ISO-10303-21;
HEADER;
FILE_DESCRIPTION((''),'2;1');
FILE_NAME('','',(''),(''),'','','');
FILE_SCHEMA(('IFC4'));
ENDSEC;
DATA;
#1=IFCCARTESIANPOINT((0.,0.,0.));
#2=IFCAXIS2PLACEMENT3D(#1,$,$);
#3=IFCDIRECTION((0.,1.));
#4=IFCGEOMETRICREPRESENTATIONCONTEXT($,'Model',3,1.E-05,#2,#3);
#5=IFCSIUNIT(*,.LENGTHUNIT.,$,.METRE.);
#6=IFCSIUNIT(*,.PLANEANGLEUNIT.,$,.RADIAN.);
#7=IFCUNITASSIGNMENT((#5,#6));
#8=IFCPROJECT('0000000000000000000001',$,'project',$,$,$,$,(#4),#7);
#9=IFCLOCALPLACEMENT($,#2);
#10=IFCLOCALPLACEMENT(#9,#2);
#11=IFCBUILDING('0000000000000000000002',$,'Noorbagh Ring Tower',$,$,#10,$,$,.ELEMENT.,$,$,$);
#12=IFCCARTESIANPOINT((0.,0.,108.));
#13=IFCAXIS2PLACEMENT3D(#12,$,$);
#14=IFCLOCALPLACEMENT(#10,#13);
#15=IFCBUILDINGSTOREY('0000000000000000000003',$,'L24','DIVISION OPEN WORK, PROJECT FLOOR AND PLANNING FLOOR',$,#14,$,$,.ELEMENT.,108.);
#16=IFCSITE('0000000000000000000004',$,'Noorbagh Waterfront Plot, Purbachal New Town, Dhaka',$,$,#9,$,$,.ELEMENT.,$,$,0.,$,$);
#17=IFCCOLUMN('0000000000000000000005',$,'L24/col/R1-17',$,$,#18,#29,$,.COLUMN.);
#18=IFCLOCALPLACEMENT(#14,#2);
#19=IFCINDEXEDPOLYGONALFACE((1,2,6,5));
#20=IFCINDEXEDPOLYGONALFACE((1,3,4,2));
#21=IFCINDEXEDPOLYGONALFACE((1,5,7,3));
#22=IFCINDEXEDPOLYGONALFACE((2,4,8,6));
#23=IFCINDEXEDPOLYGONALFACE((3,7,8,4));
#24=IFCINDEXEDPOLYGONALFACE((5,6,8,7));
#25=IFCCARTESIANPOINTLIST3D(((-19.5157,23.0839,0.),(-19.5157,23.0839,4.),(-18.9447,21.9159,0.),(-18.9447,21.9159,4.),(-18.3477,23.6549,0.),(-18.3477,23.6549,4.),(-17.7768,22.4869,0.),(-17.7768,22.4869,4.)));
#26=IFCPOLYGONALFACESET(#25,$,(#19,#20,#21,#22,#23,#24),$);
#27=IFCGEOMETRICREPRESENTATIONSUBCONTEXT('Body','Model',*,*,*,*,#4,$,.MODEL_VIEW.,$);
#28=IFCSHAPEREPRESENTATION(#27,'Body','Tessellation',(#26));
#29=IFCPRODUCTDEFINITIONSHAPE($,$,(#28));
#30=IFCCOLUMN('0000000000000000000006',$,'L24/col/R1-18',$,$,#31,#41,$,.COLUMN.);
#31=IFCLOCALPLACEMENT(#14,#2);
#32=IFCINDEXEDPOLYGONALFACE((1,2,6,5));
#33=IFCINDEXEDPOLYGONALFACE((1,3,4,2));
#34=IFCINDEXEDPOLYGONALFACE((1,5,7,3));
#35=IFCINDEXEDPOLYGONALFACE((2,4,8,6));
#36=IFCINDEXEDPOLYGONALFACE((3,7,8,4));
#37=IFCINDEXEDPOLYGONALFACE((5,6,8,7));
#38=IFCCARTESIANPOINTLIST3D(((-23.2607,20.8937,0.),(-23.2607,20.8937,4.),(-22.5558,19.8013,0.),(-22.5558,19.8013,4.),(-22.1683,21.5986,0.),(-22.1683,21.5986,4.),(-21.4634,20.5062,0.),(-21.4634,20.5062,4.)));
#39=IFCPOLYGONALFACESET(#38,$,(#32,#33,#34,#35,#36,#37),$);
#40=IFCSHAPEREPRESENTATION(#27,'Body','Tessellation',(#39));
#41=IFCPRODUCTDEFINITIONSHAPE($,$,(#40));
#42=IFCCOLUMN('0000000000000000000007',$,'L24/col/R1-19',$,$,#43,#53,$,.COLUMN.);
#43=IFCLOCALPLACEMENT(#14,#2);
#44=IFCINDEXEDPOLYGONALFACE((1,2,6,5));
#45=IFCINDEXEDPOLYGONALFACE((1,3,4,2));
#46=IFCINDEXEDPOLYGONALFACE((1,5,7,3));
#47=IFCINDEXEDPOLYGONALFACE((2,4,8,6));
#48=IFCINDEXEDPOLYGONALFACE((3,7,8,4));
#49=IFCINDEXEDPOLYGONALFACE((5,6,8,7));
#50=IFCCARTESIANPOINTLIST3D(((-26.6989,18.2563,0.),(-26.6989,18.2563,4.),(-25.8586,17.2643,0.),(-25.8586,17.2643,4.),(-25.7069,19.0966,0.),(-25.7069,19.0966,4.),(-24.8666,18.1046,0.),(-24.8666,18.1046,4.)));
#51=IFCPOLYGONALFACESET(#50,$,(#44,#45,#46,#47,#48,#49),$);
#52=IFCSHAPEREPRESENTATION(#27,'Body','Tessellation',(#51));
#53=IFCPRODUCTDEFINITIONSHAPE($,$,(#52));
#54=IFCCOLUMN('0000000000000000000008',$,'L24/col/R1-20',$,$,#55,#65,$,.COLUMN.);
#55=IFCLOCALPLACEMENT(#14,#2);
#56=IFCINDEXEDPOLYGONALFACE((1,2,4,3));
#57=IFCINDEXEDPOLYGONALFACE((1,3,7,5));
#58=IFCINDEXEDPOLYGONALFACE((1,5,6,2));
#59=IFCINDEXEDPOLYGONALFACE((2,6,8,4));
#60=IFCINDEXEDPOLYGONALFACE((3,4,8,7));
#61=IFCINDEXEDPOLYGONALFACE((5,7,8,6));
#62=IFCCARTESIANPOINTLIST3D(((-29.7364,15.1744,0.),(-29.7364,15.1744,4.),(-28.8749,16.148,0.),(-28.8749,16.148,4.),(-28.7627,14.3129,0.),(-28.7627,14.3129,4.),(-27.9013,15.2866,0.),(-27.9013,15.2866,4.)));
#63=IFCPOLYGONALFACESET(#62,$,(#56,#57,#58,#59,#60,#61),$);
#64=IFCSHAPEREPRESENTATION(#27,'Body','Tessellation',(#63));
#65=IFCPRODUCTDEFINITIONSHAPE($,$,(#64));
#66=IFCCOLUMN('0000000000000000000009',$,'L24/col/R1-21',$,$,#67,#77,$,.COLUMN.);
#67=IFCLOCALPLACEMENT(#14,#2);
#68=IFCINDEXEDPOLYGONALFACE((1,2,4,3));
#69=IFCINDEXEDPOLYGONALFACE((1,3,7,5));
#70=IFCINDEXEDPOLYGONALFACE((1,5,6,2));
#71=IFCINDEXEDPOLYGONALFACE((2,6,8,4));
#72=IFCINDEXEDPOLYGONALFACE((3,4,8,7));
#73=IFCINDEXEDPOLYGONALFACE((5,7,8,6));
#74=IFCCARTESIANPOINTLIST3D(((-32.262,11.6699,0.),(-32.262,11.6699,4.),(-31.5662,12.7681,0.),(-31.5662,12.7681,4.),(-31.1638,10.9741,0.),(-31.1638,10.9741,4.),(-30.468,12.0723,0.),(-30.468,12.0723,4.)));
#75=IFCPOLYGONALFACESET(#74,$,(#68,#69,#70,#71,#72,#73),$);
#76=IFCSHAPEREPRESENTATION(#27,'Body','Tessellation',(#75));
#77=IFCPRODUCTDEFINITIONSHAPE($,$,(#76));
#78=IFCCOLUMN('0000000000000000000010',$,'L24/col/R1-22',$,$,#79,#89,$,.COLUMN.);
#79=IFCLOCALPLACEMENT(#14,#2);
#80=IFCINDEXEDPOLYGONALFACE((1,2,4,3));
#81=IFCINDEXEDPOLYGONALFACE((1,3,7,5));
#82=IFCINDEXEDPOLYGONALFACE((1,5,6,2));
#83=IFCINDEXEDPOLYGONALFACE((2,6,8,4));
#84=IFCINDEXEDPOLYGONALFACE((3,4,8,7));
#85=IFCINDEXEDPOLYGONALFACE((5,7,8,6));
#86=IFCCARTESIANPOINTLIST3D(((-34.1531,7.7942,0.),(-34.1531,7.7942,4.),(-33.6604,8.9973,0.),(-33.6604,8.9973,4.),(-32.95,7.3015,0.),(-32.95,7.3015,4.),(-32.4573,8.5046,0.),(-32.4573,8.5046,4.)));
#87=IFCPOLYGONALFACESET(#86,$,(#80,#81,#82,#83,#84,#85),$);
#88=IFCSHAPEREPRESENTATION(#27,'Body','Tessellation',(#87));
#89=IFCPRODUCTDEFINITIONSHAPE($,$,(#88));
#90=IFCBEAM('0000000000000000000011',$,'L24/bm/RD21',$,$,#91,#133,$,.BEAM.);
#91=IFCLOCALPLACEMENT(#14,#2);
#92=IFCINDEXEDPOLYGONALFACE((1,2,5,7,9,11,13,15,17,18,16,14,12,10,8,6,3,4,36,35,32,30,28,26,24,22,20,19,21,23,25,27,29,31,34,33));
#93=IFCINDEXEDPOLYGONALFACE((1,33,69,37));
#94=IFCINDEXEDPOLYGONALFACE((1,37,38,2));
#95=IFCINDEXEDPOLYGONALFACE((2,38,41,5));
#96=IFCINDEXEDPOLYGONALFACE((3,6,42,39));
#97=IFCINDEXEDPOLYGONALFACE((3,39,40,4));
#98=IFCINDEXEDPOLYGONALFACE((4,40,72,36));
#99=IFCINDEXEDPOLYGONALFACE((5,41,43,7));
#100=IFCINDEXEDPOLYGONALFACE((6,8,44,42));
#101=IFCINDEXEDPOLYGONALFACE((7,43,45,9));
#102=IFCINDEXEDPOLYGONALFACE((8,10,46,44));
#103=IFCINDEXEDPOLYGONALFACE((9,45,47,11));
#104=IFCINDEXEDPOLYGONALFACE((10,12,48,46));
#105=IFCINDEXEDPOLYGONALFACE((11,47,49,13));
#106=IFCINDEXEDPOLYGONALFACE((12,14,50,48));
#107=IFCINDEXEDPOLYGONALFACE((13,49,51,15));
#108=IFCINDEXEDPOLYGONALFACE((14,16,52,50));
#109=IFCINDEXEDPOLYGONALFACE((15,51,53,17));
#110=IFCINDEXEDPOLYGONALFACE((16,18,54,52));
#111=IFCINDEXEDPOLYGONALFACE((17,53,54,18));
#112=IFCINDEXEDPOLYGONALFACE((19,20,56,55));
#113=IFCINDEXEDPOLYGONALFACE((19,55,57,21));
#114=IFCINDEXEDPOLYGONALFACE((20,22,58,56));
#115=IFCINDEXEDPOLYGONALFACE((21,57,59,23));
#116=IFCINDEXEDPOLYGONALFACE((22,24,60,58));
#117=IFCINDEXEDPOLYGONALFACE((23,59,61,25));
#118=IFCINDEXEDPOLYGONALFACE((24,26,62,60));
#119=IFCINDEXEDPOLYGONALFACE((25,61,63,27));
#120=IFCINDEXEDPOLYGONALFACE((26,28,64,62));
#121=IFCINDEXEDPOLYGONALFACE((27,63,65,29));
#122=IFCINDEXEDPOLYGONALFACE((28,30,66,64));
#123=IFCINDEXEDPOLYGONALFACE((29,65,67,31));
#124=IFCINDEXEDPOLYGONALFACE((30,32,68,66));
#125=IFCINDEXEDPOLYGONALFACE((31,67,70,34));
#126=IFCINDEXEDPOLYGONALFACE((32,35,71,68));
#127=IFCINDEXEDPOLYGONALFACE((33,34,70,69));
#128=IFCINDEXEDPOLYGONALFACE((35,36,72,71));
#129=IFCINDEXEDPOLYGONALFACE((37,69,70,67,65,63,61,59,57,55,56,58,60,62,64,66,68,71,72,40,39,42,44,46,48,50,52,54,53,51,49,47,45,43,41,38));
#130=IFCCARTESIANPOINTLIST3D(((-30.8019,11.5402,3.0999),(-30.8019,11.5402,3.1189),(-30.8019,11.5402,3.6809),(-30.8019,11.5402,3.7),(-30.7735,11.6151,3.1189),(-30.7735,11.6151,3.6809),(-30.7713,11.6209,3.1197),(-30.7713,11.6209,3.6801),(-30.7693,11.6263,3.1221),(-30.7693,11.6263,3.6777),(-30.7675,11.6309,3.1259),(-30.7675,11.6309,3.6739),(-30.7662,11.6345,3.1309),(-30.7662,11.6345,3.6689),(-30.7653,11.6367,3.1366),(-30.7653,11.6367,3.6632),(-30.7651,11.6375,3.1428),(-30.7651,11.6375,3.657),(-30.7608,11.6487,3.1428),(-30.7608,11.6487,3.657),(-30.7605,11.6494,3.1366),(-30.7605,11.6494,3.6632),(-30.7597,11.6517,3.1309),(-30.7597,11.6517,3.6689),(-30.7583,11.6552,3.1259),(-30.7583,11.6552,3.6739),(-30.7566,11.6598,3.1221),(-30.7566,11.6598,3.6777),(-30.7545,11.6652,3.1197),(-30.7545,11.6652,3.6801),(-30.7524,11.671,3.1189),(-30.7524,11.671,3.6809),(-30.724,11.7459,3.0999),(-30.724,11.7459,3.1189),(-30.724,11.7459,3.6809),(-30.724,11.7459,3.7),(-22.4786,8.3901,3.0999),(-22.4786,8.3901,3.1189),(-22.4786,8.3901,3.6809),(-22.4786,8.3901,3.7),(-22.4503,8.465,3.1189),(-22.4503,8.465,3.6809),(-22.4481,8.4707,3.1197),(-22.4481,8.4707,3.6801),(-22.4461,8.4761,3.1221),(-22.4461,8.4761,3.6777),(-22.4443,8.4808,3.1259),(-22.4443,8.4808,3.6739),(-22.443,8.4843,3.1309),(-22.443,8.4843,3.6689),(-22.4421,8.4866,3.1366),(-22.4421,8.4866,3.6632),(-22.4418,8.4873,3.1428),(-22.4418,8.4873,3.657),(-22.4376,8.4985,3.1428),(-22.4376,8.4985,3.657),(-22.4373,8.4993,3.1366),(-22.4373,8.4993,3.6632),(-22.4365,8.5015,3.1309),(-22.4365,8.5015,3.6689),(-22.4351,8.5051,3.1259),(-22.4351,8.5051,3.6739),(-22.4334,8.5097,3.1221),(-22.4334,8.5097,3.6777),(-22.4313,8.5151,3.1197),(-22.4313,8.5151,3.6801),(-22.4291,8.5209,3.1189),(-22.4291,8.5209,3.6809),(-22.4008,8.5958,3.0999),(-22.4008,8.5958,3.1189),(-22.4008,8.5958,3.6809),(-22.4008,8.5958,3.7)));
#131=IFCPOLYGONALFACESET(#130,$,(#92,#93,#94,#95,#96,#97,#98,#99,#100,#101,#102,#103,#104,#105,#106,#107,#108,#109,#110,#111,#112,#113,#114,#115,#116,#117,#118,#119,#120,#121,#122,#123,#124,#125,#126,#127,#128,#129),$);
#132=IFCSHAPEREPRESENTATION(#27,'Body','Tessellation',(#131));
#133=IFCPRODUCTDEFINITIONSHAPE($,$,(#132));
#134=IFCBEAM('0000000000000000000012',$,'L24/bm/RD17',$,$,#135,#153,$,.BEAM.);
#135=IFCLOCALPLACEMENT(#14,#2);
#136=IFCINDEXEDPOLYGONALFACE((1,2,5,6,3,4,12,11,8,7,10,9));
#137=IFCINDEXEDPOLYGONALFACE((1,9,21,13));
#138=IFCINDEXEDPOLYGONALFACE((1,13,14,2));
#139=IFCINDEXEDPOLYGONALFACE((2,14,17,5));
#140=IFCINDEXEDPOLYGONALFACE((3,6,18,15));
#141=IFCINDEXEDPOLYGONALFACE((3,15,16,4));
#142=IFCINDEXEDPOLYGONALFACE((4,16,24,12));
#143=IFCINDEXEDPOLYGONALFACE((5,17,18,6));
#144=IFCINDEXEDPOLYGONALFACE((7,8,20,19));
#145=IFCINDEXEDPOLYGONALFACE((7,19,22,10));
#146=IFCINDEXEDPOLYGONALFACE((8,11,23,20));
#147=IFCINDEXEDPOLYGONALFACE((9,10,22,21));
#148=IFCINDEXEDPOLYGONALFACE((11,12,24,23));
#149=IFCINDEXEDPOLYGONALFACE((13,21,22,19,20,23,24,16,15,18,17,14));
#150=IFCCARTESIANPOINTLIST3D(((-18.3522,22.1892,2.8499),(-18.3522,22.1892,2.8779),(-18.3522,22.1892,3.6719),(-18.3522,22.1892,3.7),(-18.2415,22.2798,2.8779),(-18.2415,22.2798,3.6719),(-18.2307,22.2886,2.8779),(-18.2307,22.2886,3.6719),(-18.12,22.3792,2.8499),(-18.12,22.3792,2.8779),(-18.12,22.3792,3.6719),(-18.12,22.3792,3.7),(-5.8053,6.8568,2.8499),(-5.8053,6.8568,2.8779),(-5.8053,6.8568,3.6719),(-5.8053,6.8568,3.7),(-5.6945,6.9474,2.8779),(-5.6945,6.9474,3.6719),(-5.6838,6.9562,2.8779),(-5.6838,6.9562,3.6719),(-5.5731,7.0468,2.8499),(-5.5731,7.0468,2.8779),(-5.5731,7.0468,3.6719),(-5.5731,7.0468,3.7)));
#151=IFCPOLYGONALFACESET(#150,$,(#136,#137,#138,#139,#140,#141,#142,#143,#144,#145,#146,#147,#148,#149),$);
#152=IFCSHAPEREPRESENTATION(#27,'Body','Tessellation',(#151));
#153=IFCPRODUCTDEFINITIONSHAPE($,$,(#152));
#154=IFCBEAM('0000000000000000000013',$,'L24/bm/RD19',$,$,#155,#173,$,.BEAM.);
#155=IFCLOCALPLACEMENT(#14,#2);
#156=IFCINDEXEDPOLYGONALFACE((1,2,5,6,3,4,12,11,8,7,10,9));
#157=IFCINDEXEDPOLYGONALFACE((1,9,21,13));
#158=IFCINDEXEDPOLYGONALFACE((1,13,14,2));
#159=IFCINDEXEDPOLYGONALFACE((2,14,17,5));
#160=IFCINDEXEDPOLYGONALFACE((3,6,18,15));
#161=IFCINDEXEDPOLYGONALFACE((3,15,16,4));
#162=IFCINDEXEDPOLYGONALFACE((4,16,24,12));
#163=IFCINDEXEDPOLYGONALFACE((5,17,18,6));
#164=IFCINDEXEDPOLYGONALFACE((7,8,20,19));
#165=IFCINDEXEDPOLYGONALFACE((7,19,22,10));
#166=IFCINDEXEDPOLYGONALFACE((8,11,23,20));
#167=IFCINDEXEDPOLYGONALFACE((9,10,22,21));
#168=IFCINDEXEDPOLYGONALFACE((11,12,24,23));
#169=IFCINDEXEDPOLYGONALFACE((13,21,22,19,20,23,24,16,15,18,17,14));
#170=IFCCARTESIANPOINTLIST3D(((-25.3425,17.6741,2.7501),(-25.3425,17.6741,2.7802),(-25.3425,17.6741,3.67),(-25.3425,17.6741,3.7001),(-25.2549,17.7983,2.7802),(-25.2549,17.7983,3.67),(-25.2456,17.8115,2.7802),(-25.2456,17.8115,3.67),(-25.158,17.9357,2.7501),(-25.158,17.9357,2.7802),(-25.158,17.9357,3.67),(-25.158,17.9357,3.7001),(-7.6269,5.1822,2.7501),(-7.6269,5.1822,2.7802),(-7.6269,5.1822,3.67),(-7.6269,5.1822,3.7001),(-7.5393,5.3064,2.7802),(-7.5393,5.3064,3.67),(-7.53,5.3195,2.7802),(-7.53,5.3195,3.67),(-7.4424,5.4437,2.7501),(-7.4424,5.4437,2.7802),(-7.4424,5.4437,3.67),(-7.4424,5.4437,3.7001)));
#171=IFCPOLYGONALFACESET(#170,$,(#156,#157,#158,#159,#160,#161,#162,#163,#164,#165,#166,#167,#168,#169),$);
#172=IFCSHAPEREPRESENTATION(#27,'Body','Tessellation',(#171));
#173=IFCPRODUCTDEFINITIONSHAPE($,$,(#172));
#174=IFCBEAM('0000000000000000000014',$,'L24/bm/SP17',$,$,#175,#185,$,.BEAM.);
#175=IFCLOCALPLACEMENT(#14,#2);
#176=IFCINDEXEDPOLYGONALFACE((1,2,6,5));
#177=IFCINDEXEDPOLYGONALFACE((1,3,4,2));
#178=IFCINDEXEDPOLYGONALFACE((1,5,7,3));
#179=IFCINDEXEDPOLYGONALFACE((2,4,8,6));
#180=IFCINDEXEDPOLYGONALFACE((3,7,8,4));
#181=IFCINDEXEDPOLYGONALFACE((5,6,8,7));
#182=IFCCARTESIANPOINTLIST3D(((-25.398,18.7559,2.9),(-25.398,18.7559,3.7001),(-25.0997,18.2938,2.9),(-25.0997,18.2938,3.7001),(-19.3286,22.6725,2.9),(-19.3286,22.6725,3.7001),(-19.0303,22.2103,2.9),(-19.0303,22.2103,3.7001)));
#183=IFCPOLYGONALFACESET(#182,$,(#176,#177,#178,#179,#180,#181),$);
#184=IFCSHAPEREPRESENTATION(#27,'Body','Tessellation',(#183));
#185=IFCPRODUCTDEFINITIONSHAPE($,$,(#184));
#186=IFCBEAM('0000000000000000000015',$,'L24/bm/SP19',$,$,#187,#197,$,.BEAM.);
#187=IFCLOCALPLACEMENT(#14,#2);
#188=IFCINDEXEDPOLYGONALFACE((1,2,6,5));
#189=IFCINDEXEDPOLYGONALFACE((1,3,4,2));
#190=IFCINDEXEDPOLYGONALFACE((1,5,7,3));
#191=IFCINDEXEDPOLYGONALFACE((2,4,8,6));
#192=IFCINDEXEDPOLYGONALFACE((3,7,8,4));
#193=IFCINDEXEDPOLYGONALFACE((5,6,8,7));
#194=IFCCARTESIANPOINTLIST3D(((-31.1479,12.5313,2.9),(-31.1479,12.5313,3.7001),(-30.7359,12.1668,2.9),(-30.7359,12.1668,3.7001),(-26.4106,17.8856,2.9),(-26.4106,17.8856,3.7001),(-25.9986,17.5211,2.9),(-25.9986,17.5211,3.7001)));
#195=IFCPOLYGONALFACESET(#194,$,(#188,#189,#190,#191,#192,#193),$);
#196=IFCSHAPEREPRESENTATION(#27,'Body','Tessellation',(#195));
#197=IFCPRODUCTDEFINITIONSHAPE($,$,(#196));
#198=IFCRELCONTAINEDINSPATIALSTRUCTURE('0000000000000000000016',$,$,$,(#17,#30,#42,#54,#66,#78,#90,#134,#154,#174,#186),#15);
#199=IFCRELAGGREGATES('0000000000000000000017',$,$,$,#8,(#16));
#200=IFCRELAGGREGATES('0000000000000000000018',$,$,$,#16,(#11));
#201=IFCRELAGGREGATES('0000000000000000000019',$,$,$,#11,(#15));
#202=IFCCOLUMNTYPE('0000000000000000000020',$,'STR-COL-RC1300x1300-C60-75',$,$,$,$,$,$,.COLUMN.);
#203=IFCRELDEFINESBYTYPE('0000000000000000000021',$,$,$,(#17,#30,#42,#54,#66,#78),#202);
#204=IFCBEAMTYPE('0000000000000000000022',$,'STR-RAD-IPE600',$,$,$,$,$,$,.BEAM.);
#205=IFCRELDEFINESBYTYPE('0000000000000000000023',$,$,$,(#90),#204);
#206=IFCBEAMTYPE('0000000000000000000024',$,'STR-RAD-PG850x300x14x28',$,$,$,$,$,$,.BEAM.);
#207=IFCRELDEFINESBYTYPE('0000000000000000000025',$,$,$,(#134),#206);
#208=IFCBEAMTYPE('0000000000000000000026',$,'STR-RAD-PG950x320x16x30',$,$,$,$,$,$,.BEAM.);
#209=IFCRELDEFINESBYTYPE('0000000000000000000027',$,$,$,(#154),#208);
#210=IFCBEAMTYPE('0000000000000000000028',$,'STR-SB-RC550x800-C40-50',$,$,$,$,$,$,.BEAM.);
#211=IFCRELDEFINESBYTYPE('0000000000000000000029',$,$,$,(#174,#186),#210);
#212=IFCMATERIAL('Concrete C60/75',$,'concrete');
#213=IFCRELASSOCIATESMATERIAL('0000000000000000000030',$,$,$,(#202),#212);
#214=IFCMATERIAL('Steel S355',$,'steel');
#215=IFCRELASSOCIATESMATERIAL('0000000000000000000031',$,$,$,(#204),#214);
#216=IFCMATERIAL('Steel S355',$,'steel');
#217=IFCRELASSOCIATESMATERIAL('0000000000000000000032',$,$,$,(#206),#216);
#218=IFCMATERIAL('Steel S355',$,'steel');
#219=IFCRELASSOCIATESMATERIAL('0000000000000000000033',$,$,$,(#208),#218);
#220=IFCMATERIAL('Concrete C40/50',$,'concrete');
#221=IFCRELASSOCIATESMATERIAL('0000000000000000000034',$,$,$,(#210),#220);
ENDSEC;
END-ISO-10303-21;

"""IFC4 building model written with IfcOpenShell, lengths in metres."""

from ifc_helpers import new_model, si_unit, direction, frame, origin, origin_2d, place, context, subcontext, project, spatial, rectangle, i_section, extrude, material, material_profile, profile_set, type_object, element, save


model = new_model("IFC4")

# Units and contexts
model_context = context("Model", 3, precision=1e-05, world=origin(), true_north=direction((0.0, 1.0)))
body_context = subcontext(model_context, "Body", "Model", "MODEL_VIEW")
ifc_project = project(units=[si_unit("LENGTHUNIT", "METRE"), si_unit("PLANEANGLEUNIT", "RADIAN")], contexts=[model_context])

# Site, building, storey
site_placement = place(None, origin())
site = spatial("IfcSite", under=ifc_project, at=site_placement, Name="Noorbagh Waterfront Plot, Purbachal New Town, Dhaka", CompositionType="ELEMENT", RefElevation=0.0)
building_placement = place(site_placement, origin())
building = spatial("IfcBuilding", under=site, at=building_placement, Name="Noorbagh Ring Tower", CompositionType="ELEMENT")
storey_placement = place(building_placement, frame((0.0, 0.0, 108.0)))
storey = spatial("IfcBuildingStorey", under=building, at=storey_placement, Name="L24", Description="DIVISION OPEN WORK, PROJECT FLOOR AND PLANNING FLOOR", CompositionType="ELEMENT", Elevation=108.0)

# Columns
ifc_material_1 = material(Name="Concrete C60/75", Category="concrete")
ifc_material_profile_1 = material_profile(ifc_material_1, rectangle(XDim=1.3, YDim=1.3, at=origin_2d()), Name="RC1300x1300")
ifc_profile_set_1 = profile_set([ifc_material_profile_1], Name="Concrete C60/75")
column_type = type_object("IfcColumnType", Name="STR-COL-RC1300x1300-C60-75", PredefinedType="COLUMN", material=ifc_profile_set_1)
for number, where, z_axis, x_axis, name in (
    (1, (-18.6462, 22.7854, 0.0), (0.0, 0.0, 1.0), (-0.898399, -0.43918, 0.0), "L24/col/R1-17"),
    (2, (-22.3621, 20.7, 0.0), (0.0, 0.0, 1.0), (-0.840248, -0.542203, 0.0), "L24/col/R1-18"),
    (3, (-25.7827, 18.1804, 0.0), (0.0, 0.0, 1.0), (-0.763035, -0.646357, 0.0), "L24/col/R1-19"),
    (4, (-28.8188, 15.2305, 0.0), (0.0, 0.0, 1.0), (-0.662636, -0.748942, 0.0), "L24/col/R1-20"),
    (5, (-31.365, 11.8711, 0.0), (0.0, 0.0, 1.0), (-0.53519, -0.844731, 0.0), "L24/col/R1-21"),
    (6, (-33.3052, 8.1494, 0.0), (0.0, 0.0, 1.0), (-0.378989, -0.925401, 0.0), "L24/col/R1-22"),
):
    element("IfcColumn", number, at=place(storey_placement, frame(where, z_axis=z_axis, x_axis=x_axis)), inside=storey, type_object=column_type, Name=name, PredefinedType="COLUMN", context=body_context, shape_type="SweptSolid", body=[
        extrude(rectangle(XDim=1.3, YDim=1.3, at=origin_2d()), origin(), (0.0, 0.0, 1.0), 4.0),
    ])

# Beams
ifc_material_2 = material(Name="Steel S355", Category="steel")
ifc_material_profile_2 = material_profile(ifc_material_2, i_section(OverallWidth=0.22, OverallDepth=0.6001, WebThickness=0.012, FlangeThickness=0.019, FilletRadius=0.0239, at=origin_2d()), Name="IPE600")
ifc_profile_set_2 = profile_set([ifc_material_profile_2], Name="Steel S355")
beam_type_1 = type_object("IfcBeamType", Name="STR-RAD-IPE600", PredefinedType="BEAM", material=ifc_profile_set_2)
beam_1_placement = place(storey_placement, frame((-30.7629, 11.6431, 3.3999), z_axis=(0.935256, -0.353972, 0.0), x_axis=(0.353972, 0.935256, 0.0)))
element("IfcBeam", 7, at=beam_1_placement, inside=storey, type_object=beam_type_1, Name="L24/bm/RD21", PredefinedType="BEAM", context=body_context, shape_type="SweptSolid", body=[
    extrude(i_section(OverallWidth=0.22, OverallDepth=0.6001, WebThickness=0.012, FlangeThickness=0.019, FilletRadius=0.0239, at=origin_2d()), origin(), (0.0, 0.0, 1.0), 8.8994),
])
ifc_material_3 = material(Name="Steel S355", Category="steel")
ifc_material_profile_3 = material_profile(ifc_material_3, i_section(OverallWidth=0.3, OverallDepth=0.8501, WebThickness=0.0139, FlangeThickness=0.0281, at=origin_2d()), Name="PG850x300x14x28")
ifc_profile_set_3 = profile_set([ifc_material_profile_3], Name="Steel S355")
beam_type_2 = type_object("IfcBeamType", Name="STR-RAD-PG850x300x14x28", PredefinedType="BEAM", material=ifc_profile_set_3)
beam_2_placement = place(storey_placement, frame((-18.2361, 22.2842, 3.2749), z_axis=(0.633307, -0.773901, 0.0), x_axis=(0.773901, 0.633307, 0.0)))
element("IfcBeam", 8, at=beam_2_placement, inside=storey, type_object=beam_type_2, Name="L24/bm/RD17", PredefinedType="BEAM", context=body_context, shape_type="SweptSolid", body=[
    extrude(i_section(OverallWidth=0.3, OverallDepth=0.8501, WebThickness=0.0139, FlangeThickness=0.0281, at=origin_2d()), origin(), (0.0, 0.0, 1.0), 19.8118),
])
ifc_material_4 = material(Name="Steel S355", Category="steel")
ifc_material_profile_4 = material_profile(ifc_material_4, i_section(OverallWidth=0.3201, OverallDepth=0.95, WebThickness=0.0161, FlangeThickness=0.03, at=origin_2d()), Name="PG950x320x16x30")
ifc_profile_set_4 = profile_set([ifc_material_profile_4], Name="Steel S355")
beam_type_3 = type_object("IfcBeamType", Name="STR-RAD-PG950x320x16x30", PredefinedType="BEAM", material=ifc_profile_set_4)
beam_3_placement = place(storey_placement, frame((-25.2502, 17.8049, 3.2251), z_axis=(0.817254, -0.576278, 0.0), x_axis=(0.576278, 0.817254, 0.0)))
element("IfcBeam", 9, at=beam_3_placement, inside=storey, type_object=beam_type_3, Name="L24/bm/RD19", PredefinedType="BEAM", context=body_context, shape_type="SweptSolid", body=[
    extrude(i_section(OverallWidth=0.3201, OverallDepth=0.95, WebThickness=0.0161, FlangeThickness=0.03, at=origin_2d()), origin(), (0.0, 0.0, 1.0), 21.677),
])
ifc_material_5 = material(Name="Concrete C40/50", Category="concrete")
ifc_material_profile_5 = material_profile(ifc_material_5, rectangle(XDim=0.55, YDim=0.8, at=origin_2d()), Name="RC550x800")
ifc_profile_set_5 = profile_set([ifc_material_profile_5], Name="Concrete C40/50")
beam_type_4 = type_object("IfcBeamType", Name="STR-SB-RC550x800-C40-50", PredefinedType="BEAM", material=ifc_profile_set_5)
beam_4_placement = place(storey_placement, frame((-19.1794, 22.4414, 3.3), z_axis=(-0.840246, -0.542205, 0.0), x_axis=(0.542205, -0.840246, 0.0)))
element("IfcBeam", 10, at=beam_4_placement, inside=storey, type_object=beam_type_4, Name="L24/bm/SP17", PredefinedType="BEAM", context=body_context, shape_type="SweptSolid", body=[
    extrude(rectangle(XDim=0.55, YDim=0.8, at=origin_2d()), origin(), (0.0, 0.0, 1.0), 7.2234),
])
beam_5_placement = place(storey_placement, frame((-26.2046, 17.7034, 3.3), z_axis=(-0.662641, -0.748937, 0.0), x_axis=(0.748937, -0.662641, 0.0)))
element("IfcBeam", 11, at=beam_5_placement, inside=storey, type_object=beam_type_4, Name="L24/bm/SP19", PredefinedType="BEAM", context=body_context, shape_type="SweptSolid", body=[
    extrude(rectangle(XDim=0.55, YDim=0.8, at=origin_2d()), origin(), (0.0, 0.0, 1.0), 7.1492),
])

save(model, "model.ifc")
